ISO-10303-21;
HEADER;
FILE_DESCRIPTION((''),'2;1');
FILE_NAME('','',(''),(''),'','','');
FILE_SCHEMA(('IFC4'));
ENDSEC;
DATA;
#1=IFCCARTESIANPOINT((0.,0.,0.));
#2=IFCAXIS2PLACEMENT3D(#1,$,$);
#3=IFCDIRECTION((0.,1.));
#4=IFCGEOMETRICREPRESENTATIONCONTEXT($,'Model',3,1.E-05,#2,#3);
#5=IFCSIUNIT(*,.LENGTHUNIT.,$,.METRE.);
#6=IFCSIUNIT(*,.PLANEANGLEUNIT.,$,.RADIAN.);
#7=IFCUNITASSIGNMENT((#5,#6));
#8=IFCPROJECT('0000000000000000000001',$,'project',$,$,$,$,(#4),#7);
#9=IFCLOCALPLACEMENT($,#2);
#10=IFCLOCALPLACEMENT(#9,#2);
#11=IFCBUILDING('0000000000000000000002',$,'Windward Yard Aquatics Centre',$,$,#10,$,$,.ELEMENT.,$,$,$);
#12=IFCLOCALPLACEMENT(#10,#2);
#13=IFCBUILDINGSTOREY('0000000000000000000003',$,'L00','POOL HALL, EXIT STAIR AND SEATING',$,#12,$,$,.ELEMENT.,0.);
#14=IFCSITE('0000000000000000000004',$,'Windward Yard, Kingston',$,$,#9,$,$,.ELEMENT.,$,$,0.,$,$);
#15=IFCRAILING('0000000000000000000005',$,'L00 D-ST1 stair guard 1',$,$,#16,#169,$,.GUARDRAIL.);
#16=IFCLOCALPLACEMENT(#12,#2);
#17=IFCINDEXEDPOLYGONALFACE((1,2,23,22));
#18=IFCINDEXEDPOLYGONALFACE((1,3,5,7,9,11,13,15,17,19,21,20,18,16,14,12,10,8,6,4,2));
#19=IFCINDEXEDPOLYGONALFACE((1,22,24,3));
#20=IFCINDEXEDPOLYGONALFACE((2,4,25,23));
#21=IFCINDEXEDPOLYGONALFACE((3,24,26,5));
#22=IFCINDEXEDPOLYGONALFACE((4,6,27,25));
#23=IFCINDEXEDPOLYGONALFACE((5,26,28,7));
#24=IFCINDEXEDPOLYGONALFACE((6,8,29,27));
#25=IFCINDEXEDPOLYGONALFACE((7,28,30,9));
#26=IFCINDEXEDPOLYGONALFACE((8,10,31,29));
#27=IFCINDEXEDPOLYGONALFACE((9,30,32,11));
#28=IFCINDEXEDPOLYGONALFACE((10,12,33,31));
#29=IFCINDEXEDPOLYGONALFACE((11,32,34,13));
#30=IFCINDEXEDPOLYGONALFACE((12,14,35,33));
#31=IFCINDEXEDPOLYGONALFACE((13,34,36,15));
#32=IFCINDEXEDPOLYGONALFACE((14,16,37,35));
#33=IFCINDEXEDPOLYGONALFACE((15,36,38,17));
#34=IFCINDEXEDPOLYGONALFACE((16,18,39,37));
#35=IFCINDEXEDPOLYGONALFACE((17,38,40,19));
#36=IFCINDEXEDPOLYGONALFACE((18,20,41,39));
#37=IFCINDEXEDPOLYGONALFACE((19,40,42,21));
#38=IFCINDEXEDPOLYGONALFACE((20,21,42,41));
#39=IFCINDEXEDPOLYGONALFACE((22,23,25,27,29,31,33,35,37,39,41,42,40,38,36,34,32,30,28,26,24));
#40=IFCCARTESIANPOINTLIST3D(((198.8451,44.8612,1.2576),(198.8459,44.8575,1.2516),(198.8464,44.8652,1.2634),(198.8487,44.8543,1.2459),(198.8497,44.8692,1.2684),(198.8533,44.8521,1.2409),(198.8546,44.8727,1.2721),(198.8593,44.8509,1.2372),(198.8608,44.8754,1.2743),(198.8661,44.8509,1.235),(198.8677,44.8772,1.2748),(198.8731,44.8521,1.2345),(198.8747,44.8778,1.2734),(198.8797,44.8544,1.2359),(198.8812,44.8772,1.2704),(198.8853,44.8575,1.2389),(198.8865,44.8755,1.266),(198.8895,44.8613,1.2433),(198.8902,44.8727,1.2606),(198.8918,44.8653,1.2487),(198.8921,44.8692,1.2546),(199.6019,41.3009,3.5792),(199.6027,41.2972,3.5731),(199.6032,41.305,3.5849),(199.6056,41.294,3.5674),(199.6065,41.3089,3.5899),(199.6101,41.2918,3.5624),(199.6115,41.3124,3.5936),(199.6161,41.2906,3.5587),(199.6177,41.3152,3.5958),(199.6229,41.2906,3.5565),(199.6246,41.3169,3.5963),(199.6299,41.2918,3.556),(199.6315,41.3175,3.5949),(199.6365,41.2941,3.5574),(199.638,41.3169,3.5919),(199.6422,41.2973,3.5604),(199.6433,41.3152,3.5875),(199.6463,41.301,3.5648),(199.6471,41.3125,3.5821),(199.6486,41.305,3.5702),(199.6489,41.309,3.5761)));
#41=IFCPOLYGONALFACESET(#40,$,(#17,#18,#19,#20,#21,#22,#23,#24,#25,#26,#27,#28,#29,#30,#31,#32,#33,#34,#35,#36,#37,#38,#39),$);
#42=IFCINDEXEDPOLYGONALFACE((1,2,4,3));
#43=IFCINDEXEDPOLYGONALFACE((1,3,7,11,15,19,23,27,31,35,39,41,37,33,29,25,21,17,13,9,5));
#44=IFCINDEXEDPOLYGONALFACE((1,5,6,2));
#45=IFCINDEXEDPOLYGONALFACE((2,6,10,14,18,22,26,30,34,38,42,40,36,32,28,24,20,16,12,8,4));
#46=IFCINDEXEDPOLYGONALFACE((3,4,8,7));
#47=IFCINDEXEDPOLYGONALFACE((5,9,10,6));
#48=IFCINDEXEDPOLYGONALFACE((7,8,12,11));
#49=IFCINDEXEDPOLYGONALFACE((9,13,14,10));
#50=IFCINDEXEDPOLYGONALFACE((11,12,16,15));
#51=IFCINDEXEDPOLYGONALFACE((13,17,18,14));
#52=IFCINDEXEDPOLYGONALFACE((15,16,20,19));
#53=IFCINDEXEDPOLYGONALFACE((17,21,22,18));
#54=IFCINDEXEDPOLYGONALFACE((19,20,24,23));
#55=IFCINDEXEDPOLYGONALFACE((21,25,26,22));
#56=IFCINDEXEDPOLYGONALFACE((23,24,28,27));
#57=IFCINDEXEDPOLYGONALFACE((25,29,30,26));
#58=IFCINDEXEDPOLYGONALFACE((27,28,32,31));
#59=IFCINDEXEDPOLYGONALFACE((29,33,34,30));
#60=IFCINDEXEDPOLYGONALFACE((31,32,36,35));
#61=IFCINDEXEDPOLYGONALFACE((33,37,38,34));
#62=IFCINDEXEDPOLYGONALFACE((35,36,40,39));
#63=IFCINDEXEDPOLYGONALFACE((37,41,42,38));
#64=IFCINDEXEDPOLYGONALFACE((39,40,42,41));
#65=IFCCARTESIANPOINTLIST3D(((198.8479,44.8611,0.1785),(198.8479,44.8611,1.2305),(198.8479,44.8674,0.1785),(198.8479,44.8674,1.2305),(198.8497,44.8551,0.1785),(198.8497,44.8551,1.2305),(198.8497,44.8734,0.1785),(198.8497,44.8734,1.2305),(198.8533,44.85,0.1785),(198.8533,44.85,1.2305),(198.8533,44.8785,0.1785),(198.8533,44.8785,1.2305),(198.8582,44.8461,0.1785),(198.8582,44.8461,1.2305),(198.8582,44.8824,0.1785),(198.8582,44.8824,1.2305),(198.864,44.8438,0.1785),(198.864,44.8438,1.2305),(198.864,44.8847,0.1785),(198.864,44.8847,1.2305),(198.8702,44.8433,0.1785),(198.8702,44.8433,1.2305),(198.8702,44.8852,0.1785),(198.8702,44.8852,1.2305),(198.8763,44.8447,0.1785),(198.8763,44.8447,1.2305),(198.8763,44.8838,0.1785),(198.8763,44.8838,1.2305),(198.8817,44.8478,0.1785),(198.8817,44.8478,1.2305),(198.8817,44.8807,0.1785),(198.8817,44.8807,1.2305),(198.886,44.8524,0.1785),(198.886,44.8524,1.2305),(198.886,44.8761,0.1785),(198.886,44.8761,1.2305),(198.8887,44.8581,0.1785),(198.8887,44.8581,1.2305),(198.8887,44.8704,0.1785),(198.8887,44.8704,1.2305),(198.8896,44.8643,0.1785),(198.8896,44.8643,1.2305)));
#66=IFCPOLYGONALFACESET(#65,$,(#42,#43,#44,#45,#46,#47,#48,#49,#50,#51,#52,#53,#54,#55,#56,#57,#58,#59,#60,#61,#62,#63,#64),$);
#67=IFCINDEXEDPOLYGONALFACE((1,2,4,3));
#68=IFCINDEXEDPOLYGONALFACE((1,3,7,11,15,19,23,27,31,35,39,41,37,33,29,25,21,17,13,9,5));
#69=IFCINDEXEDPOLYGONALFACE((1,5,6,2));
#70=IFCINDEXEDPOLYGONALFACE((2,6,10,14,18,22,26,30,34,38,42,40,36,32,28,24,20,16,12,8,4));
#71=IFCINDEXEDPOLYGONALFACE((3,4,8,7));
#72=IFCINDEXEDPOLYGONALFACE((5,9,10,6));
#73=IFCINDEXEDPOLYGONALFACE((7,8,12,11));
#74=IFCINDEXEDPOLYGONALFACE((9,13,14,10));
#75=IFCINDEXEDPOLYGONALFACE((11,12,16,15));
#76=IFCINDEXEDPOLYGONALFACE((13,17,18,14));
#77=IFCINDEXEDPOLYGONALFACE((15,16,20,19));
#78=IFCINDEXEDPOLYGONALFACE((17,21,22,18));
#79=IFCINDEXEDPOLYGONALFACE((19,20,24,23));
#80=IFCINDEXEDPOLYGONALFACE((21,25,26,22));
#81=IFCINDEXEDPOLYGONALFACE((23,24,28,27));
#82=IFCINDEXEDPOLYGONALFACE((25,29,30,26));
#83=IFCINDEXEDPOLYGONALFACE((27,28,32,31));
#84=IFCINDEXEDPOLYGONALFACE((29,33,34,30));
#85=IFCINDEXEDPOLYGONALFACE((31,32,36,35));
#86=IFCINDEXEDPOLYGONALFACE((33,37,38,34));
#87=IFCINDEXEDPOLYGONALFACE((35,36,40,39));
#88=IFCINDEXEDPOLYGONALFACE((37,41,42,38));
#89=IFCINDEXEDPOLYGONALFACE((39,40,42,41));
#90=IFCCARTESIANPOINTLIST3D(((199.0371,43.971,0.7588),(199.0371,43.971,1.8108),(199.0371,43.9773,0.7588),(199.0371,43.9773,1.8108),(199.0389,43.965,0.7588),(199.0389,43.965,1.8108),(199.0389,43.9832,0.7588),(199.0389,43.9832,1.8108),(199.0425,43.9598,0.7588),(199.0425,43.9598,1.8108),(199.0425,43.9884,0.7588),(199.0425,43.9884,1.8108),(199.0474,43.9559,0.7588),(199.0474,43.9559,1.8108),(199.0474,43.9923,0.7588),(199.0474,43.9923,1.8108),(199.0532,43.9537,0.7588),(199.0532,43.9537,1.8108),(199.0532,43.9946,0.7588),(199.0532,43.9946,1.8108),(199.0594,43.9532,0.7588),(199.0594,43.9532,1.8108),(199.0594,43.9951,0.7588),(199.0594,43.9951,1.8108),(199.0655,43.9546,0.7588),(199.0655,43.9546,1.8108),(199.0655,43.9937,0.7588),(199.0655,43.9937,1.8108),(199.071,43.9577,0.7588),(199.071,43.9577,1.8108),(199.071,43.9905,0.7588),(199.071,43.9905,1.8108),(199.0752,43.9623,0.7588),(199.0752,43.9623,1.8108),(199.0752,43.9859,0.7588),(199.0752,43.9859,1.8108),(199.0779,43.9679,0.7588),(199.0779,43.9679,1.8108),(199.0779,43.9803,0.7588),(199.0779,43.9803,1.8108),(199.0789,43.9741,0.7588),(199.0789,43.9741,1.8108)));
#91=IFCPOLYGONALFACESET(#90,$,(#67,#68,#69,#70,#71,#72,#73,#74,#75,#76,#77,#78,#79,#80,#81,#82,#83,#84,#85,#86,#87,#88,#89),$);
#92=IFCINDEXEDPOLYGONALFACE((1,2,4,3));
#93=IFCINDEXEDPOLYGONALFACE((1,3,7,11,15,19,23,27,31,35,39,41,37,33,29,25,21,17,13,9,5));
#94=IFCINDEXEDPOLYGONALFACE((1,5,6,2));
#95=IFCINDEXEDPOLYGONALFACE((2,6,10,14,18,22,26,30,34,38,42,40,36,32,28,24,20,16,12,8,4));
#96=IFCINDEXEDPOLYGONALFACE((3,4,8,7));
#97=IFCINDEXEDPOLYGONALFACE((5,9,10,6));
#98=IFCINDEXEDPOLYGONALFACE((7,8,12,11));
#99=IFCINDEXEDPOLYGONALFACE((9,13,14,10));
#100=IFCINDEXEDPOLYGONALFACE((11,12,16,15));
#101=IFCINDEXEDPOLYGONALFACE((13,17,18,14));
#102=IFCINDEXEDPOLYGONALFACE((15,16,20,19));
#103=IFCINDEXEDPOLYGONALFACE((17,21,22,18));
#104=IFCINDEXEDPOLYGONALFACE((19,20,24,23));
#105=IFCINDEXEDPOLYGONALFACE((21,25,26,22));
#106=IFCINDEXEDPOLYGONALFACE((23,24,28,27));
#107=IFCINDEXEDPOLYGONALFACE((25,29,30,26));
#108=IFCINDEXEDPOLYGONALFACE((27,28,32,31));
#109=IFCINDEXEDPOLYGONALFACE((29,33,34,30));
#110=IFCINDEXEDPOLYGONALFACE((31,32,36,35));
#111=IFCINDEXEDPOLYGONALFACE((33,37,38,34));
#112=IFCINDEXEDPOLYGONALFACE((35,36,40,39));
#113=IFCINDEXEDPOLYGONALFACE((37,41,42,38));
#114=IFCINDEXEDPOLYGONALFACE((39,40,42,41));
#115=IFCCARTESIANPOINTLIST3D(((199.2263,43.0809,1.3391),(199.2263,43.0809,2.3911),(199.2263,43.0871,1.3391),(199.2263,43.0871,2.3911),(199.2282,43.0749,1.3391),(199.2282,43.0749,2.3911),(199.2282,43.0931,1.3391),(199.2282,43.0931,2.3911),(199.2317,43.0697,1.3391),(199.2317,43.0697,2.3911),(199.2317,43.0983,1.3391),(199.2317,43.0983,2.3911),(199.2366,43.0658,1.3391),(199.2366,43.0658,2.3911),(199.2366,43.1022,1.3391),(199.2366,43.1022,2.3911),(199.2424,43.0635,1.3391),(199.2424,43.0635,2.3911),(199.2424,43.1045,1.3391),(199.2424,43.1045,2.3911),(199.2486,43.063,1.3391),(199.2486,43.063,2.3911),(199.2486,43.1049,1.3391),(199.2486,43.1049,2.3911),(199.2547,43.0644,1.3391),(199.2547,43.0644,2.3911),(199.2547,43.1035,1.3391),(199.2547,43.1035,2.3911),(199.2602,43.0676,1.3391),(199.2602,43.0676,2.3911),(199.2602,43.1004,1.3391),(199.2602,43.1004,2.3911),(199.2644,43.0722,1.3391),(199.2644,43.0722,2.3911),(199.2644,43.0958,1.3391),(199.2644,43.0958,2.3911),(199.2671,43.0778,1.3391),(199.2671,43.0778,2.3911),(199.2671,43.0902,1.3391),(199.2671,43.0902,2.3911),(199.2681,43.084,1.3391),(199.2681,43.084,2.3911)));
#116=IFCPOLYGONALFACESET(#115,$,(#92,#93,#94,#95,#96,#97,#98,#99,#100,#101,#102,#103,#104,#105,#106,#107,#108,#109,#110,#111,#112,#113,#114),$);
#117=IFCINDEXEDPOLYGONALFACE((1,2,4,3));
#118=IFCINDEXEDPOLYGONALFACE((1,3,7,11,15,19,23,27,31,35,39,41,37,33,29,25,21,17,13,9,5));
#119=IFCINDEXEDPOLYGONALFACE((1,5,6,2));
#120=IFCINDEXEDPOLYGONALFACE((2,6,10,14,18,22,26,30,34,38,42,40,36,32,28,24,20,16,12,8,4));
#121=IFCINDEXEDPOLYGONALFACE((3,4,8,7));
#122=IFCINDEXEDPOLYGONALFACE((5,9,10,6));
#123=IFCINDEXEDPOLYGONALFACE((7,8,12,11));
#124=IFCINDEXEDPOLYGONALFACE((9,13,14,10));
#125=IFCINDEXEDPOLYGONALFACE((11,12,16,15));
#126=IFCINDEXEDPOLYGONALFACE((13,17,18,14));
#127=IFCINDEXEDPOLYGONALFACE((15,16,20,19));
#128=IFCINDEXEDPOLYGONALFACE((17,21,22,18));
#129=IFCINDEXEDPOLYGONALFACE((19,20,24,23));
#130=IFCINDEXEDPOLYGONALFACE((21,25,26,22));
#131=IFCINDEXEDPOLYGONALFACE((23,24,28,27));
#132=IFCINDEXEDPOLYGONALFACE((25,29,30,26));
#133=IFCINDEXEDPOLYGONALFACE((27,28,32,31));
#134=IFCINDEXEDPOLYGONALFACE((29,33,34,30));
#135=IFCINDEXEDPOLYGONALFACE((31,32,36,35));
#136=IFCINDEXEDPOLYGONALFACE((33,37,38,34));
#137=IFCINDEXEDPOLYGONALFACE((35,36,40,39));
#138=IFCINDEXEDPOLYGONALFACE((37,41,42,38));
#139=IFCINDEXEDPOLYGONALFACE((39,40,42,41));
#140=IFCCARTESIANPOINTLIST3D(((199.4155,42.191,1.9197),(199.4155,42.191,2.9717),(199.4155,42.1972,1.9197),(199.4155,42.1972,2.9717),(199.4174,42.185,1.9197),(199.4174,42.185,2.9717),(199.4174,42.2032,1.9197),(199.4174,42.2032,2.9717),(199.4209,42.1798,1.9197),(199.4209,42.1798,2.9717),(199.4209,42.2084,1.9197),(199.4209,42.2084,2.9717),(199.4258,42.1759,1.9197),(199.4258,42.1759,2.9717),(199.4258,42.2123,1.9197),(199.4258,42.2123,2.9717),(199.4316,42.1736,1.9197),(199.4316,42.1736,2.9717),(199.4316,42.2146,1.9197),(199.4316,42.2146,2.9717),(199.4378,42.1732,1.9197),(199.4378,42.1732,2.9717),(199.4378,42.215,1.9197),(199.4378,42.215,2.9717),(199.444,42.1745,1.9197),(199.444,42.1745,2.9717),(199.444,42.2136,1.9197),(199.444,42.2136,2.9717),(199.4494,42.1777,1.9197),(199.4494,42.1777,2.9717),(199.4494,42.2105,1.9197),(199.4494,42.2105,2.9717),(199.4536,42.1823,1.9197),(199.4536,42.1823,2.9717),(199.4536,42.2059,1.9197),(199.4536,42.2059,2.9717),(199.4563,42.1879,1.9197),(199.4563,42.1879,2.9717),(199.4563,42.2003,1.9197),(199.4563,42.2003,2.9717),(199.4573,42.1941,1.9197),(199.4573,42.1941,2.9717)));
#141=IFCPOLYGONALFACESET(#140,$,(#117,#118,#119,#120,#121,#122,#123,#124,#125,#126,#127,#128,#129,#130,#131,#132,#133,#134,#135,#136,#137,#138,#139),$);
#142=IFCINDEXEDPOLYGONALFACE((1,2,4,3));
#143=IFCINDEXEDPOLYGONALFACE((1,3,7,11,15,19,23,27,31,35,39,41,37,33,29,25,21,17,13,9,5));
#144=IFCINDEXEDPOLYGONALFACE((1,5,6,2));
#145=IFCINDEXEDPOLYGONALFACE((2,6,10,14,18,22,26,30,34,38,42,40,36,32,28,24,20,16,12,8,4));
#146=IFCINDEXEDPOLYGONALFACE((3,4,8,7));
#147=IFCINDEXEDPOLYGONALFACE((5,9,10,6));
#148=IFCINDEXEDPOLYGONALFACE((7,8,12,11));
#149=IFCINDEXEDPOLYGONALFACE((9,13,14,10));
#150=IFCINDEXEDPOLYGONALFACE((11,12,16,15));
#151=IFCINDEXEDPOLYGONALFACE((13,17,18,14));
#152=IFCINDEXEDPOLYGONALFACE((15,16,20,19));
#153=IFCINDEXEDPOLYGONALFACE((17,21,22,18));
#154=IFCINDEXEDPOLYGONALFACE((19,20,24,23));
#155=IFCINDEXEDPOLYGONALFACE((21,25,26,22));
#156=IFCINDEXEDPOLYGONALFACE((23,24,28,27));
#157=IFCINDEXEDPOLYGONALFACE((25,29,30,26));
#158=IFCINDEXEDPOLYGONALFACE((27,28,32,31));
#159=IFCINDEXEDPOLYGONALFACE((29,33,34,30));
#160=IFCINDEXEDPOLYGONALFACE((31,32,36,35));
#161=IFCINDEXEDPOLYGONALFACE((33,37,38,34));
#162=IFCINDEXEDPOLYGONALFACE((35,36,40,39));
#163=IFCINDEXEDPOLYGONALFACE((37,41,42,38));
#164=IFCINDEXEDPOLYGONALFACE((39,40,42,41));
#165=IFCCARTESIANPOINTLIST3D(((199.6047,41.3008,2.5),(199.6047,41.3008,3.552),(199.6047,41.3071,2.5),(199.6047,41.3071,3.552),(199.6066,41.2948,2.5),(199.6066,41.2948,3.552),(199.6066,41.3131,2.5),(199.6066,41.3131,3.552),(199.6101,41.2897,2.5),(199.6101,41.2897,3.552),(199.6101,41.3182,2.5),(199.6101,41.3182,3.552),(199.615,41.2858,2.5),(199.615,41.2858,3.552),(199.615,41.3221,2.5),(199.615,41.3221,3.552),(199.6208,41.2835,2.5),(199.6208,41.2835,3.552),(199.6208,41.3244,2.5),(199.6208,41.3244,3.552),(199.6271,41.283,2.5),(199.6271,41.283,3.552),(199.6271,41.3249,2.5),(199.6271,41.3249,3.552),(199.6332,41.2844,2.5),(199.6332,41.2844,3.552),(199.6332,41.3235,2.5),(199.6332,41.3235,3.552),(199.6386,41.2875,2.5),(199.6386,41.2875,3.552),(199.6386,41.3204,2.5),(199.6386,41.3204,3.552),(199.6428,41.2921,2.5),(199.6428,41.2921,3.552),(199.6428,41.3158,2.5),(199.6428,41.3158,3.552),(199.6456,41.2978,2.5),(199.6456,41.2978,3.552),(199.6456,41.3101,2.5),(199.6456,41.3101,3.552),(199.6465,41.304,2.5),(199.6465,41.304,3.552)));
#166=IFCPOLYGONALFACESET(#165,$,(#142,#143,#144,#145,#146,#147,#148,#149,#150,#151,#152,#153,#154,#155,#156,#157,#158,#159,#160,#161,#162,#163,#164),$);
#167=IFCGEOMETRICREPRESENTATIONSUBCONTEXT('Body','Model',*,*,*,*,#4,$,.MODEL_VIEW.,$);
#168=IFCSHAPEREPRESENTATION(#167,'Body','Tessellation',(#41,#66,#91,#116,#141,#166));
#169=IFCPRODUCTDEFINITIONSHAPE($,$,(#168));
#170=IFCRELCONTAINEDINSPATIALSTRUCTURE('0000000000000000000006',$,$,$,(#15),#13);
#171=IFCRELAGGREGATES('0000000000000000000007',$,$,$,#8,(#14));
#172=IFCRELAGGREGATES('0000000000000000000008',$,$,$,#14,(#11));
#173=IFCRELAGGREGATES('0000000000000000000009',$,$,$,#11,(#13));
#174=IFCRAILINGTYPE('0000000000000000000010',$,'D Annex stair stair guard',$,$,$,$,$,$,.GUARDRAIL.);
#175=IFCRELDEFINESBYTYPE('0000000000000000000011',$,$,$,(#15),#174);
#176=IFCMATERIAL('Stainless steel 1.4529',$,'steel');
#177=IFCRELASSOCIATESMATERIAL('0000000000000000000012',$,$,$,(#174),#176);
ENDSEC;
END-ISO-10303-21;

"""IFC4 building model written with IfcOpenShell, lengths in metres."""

from ifc_helpers import new_model, si_unit, direction, frame, origin, origin_2d, place, context, subcontext, project, spatial, circle, extrude, material, type_object, element, save


model = new_model("IFC4")

# Units and contexts
model_context = context("Model", 3, precision=1e-05, world=origin(), true_north=direction((0.0, 1.0)))
body_context = subcontext(model_context, "Body", "Model", "MODEL_VIEW")
ifc_project = project(units=[si_unit("LENGTHUNIT", "METRE"), si_unit("PLANEANGLEUNIT", "RADIAN")], contexts=[model_context])

# Site, building, storey
site_placement = place(None, origin())
site = spatial("IfcSite", under=ifc_project, at=site_placement, Name="Windward Yard, Kingston", CompositionType="ELEMENT", RefElevation=0.0)
building_placement = place(site_placement, origin())
building = spatial("IfcBuilding", under=site, at=building_placement, Name="Windward Yard Aquatics Centre", CompositionType="ELEMENT")
storey_placement = place(building_placement, origin())
storey = spatial("IfcBuildingStorey", under=building, at=storey_placement, Name="L00", Description="POOL HALL, EXIT STAIR AND SEATING", CompositionType="ELEMENT", Elevation=0.0)

# Railing
ifc_material_1 = material(Name="Stainless steel 1.4529", Category="steel")
railing_type = type_object("IfcRailingType", Name="D Annex stair stair guard", PredefinedType="GUARDRAIL", material=ifc_material_1)
railing_1_placement = place(storey_placement, frame((198.8687, 44.8643, 0.1785)))
element("IfcRailing", 1, at=railing_1_placement, inside=storey, type_object=railing_type, Name="L00 D-ST1 stair guard 1", PredefinedType="GUARDRAIL", context=body_context, shape_type="SweptSolid", body=[
    extrude(circle(Radius=0.0239, at=origin_2d()), frame((0.0, 0.0, 1.0762), z_axis=(0.175308, -0.824682, 0.537743), x_axis=(0.978144, 0.20793, 0.0)), (0.0, 0.0, 1.0), 4.3171),
    extrude(circle(Radius=0.021, at=origin_2d()), origin(), (0.0, 0.0, 1.0), 1.052),
    extrude(circle(Radius=0.021, at=origin_2d()), frame((0.1892, -0.8901, 0.5803)), (0.0, 0.0, 1.0), 1.052),
    extrude(circle(Radius=0.021, at=origin_2d()), frame((0.3784, -1.7803, 1.1606)), (0.0, 0.0, 1.0), 1.052),
    extrude(circle(Radius=0.021, at=origin_2d()), frame((0.5676, -2.6702, 1.7412)), (0.0, 0.0, 1.0), 1.052),
    extrude(circle(Radius=0.021, at=origin_2d()), frame((0.7568, -3.5603, 2.3215)), (0.0, 0.0, 1.0), 1.052),
])

save(model, "model.ifc")
